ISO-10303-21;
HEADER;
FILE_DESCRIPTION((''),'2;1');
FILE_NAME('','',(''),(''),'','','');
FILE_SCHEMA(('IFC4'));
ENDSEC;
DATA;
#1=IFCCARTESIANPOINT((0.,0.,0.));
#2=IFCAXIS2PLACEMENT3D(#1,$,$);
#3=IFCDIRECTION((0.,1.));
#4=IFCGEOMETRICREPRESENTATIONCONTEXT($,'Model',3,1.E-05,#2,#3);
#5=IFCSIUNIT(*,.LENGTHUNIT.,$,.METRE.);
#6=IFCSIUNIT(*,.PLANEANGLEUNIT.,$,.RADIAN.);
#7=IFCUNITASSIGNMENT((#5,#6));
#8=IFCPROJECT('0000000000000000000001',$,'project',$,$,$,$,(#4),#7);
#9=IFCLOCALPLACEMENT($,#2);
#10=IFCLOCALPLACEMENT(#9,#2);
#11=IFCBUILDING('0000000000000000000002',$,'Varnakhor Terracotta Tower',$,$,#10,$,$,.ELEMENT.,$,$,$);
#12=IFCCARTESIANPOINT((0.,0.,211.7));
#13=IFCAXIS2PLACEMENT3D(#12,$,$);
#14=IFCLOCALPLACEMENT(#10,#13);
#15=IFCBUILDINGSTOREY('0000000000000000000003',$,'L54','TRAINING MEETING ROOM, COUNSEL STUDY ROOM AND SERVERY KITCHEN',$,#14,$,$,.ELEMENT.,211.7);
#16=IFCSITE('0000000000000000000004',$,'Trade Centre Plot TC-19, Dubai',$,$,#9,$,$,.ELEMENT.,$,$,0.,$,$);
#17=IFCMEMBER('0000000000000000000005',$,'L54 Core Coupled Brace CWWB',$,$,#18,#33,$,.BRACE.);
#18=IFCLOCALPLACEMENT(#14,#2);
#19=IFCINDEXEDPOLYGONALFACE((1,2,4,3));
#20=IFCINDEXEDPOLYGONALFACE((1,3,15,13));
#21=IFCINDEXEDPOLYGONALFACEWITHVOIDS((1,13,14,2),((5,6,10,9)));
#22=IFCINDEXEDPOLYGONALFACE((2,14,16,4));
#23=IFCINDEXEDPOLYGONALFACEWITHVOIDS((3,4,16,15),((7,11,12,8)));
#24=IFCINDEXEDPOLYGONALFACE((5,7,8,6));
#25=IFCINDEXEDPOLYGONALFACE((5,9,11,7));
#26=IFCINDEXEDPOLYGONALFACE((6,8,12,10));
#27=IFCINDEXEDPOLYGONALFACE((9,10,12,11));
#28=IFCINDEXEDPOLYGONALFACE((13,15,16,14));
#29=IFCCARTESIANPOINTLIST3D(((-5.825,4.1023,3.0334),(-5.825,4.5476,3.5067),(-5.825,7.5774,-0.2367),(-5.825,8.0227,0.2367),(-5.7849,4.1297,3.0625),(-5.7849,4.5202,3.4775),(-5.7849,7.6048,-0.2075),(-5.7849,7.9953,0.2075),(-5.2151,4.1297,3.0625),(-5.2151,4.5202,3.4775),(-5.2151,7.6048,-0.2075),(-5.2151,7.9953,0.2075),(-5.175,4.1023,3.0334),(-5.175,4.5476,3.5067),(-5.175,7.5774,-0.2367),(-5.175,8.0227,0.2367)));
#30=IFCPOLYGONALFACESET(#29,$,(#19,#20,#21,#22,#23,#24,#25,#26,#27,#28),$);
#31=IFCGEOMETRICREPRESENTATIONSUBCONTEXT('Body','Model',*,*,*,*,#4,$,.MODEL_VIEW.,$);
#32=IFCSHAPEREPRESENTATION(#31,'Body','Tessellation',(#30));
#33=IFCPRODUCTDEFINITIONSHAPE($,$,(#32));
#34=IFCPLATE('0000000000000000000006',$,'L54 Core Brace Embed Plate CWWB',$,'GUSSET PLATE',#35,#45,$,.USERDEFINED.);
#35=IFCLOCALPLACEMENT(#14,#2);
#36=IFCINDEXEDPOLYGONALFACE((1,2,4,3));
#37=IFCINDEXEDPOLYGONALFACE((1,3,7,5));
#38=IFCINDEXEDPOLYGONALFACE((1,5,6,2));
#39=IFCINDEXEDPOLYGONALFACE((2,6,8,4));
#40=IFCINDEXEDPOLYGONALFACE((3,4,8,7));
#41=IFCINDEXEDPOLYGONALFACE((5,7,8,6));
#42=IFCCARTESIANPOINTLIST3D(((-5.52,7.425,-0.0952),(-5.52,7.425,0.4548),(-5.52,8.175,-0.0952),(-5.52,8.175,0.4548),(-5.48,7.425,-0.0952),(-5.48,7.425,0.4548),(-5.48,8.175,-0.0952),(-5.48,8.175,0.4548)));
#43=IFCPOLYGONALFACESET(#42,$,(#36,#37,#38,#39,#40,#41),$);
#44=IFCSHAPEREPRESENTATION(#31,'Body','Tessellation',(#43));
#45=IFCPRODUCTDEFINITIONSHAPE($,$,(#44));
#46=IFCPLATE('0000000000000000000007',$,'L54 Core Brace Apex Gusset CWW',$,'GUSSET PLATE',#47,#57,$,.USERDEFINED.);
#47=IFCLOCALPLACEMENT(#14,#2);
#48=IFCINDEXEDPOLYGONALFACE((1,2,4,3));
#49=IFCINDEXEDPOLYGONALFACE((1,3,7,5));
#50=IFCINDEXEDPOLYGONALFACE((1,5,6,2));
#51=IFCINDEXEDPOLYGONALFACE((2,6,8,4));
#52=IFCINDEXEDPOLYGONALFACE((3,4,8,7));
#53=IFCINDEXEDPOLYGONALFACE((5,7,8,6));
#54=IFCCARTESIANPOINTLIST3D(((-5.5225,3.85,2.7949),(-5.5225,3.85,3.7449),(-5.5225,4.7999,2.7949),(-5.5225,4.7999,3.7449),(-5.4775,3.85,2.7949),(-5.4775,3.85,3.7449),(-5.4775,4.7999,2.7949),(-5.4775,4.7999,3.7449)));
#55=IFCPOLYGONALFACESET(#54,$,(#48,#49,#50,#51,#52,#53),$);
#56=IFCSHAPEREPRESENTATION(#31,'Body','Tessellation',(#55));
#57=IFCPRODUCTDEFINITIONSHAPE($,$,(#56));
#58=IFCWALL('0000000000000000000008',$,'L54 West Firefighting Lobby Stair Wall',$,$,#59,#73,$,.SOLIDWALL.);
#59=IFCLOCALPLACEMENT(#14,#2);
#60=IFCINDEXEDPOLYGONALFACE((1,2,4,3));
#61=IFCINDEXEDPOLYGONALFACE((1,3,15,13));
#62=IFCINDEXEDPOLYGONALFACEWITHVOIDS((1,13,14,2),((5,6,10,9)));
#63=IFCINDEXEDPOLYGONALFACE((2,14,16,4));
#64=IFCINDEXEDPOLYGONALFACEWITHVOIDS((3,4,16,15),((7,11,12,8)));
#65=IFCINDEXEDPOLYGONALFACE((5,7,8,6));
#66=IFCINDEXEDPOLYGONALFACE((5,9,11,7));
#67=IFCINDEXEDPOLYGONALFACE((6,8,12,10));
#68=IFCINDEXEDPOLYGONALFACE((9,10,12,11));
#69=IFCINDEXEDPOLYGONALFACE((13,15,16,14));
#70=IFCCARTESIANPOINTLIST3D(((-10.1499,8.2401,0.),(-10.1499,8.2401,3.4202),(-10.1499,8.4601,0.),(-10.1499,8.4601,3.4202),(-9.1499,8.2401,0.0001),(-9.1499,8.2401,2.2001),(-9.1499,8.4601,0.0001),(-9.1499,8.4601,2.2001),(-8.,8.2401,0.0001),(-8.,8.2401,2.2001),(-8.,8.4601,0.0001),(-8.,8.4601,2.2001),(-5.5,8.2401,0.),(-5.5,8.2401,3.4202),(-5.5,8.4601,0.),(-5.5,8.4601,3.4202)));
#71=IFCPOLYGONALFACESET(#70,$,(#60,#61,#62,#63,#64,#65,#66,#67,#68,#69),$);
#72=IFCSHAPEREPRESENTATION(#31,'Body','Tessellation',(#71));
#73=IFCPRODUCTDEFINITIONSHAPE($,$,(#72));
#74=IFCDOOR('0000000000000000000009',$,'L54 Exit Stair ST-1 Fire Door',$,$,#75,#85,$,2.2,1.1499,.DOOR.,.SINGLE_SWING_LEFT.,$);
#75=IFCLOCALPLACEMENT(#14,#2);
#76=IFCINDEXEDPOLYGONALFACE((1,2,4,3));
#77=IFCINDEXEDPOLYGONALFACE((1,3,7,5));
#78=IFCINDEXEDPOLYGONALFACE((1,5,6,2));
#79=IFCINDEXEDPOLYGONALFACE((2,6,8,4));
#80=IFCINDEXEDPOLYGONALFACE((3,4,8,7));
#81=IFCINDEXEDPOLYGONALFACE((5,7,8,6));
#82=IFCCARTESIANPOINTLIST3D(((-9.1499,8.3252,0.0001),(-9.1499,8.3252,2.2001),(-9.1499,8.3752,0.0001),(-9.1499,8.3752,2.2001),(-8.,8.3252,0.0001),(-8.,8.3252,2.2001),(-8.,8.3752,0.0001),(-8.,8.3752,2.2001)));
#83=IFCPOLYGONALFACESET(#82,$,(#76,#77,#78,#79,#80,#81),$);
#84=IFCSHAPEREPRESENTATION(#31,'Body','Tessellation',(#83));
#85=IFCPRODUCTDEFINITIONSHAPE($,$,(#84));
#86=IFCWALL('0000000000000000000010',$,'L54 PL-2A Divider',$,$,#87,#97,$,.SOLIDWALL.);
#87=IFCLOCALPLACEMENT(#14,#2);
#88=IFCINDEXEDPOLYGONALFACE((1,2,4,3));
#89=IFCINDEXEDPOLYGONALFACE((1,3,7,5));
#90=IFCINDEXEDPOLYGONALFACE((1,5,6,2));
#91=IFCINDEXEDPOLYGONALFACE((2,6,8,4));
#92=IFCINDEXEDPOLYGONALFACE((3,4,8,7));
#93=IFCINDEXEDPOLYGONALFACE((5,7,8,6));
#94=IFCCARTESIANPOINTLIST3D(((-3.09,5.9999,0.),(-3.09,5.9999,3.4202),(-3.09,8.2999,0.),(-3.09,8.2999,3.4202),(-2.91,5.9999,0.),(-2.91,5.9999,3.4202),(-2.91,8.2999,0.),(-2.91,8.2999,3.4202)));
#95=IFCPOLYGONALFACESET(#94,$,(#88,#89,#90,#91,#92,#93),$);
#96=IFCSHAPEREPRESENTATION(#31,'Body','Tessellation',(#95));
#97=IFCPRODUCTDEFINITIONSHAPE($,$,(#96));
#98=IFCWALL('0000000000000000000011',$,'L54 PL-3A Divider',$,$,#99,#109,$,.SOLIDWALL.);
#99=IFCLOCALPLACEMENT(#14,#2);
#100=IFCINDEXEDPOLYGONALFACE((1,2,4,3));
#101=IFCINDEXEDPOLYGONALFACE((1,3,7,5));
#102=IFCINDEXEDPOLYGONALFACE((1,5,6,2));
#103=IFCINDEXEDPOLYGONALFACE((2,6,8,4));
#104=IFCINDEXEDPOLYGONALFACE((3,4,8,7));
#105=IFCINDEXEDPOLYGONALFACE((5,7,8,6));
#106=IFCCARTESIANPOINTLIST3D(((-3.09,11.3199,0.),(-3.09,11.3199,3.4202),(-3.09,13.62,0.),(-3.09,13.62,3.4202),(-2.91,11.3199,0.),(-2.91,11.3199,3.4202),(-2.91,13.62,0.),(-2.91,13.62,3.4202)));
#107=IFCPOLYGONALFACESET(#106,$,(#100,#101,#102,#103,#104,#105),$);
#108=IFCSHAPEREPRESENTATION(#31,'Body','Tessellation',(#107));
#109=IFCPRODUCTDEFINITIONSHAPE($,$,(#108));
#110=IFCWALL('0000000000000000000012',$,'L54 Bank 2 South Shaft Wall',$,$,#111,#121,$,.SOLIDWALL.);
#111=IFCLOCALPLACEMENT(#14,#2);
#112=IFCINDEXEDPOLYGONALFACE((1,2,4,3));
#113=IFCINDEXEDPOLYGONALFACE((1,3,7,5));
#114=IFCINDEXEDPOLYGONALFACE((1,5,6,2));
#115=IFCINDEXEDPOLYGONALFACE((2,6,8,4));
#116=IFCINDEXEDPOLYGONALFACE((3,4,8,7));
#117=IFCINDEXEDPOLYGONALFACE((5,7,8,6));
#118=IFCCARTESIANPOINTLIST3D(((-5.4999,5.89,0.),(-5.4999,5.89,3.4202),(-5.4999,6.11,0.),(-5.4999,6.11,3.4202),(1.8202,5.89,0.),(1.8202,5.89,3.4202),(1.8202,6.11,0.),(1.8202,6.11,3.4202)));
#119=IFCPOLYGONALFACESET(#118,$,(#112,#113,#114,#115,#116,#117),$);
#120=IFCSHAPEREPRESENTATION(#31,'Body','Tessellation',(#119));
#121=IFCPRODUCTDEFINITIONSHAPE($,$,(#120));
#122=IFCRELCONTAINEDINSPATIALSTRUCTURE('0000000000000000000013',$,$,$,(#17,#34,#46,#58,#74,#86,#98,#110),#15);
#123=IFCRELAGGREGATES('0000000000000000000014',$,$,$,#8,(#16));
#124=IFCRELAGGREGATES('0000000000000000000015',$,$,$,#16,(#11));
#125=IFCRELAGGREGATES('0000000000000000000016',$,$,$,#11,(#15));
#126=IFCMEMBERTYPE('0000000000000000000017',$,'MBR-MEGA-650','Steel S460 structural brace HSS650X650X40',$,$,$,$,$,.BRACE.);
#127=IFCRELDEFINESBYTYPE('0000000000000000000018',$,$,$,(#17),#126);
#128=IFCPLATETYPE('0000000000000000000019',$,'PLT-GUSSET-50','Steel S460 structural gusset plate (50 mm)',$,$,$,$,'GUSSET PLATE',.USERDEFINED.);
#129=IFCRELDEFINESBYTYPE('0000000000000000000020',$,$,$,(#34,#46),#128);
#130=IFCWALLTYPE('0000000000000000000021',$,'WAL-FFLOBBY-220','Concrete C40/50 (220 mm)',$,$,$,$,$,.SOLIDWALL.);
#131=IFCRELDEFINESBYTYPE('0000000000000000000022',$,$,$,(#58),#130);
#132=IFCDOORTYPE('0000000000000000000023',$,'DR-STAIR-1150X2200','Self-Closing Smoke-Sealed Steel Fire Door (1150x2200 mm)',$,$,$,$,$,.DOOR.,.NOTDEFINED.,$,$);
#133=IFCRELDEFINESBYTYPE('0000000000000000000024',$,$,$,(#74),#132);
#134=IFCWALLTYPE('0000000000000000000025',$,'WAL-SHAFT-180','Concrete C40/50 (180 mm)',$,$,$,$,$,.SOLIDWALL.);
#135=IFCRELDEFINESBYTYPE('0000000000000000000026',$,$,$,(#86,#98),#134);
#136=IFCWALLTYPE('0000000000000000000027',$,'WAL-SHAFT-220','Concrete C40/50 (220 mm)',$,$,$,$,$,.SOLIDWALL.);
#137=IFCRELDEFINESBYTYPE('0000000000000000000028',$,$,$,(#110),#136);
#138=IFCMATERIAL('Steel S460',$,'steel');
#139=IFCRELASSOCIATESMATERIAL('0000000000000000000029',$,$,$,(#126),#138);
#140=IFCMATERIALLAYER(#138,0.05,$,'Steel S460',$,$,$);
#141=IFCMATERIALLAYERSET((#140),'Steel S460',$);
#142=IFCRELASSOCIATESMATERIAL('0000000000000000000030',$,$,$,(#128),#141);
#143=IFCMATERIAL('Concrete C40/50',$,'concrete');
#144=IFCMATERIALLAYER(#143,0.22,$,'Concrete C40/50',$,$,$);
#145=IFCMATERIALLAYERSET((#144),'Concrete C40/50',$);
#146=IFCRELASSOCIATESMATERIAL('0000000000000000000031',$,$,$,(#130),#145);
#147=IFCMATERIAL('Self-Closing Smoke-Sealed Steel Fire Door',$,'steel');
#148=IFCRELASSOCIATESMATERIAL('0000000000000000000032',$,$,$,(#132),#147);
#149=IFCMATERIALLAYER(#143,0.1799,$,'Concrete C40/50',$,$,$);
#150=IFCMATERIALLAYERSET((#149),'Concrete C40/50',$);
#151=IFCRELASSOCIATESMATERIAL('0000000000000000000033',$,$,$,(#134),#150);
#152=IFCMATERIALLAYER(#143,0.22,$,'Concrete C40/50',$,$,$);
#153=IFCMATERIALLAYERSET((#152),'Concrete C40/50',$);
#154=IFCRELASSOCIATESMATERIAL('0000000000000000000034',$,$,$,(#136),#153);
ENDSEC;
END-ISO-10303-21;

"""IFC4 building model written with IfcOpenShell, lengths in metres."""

from ifc_helpers import new_model, si_unit, direction, frame, frame_2d, origin, origin_2d, place, context, subcontext, project, spatial, rectangle, hollow_rectangle, extrude, source, transform, mapped, material, layer, layer_set, material_profile, profile_set, type_object, type_shapes, element, fill, save


model = new_model("IFC4")

# Units and contexts
model_context = context("Model", 3, precision=1e-05, world=origin(), true_north=direction((0.0, 1.0)))
body_context = subcontext(model_context, "Body", "Model", "MODEL_VIEW")
ifc_project = project(units=[si_unit("LENGTHUNIT", "METRE"), si_unit("PLANEANGLEUNIT", "RADIAN")], contexts=[model_context])

# Site, building, storey
site_placement = place(None, origin())
site = spatial("IfcSite", under=ifc_project, at=site_placement, Name="Trade Centre Plot TC-19, Dubai", CompositionType="ELEMENT", RefElevation=0.0)
building_placement = place(site_placement, origin())
building = spatial("IfcBuilding", under=site, at=building_placement, Name="Varnakhor Terracotta Tower", CompositionType="ELEMENT")
storey_placement = place(building_placement, frame((0.0, 0.0, 211.7)))
storey = spatial("IfcBuildingStorey", under=building, at=storey_placement, Name="L54", Description="TRAINING MEETING ROOM, COUNSEL STUDY ROOM AND SERVERY KITCHEN", CompositionType="ELEMENT", Elevation=211.7)

# Member
ifc_material_1 = material(Name="Steel S460", Category="steel")
ifc_material_profile = material_profile(ifc_material_1, hollow_rectangle(XDim=0.6499, YDim=0.6499, WallThickness=0.04, at=origin_2d()), Name="HSS650X650X40")
ifc_profile_set = profile_set([ifc_material_profile], Name="Steel S460")
member_type = type_object("IfcMemberType", Name="MBR-MEGA-650", Description="Steel S460 structural brace HSS650X650X40", PredefinedType="BRACE", material=ifc_profile_set)
shared_shape_1 = source(origin(), body_context, "Body", "SweptSolid", [
    extrude(hollow_rectangle(XDim=0.6499, YDim=0.6499, WallThickness=0.04, at=origin_2d()), origin(), (0.0, 0.0, 1.0), 4.7717),
])
member_placement = place(storey_placement, frame((-5.5, 7.8, 0.0), z_axis=(0.0, -0.728269, 0.685291), x_axis=(1.0, 0.0, 0.0)))
element("IfcMember", 1, at=member_placement, inside=storey, type_object=member_type, Name="L54 Core Coupled Brace CWWB", PredefinedType="BRACE", context=body_context, shape_type="MappedRepresentation", body=[
    mapped(shared_shape_1, transform((0.0, 0.0, 0.0), scale=1.0)),
])

# Plates
ifc_layer_1 = layer(ifc_material_1, 0.05, Name="Steel S460")
ifc_layer_set_1 = layer_set([ifc_layer_1], Name="Steel S460")
plate_type = type_object("IfcPlateType", Name="PLT-GUSSET-50", Description="Steel S460 structural gusset plate (50 mm)", ElementType="GUSSET PLATE", PredefinedType="USERDEFINED", material=ifc_layer_set_1)
shared_shape_2 = source(origin(), body_context, "Body", "SweptSolid", [
    extrude(rectangle(XDim=0.75, YDim=0.04, at=origin_2d()), origin(), (0.0, 0.0, 1.0), 0.55),
])
type_shapes(plate_type, [shared_shape_2])
plate_1_placement = place(storey_placement, frame((-5.5, 7.8, -0.0952), z_axis=(0.0, 0.0, 1.0), x_axis=(0.0, 1.0, 0.0)))
element("IfcPlate", 2, at=plate_1_placement, inside=storey, type_object=plate_type, Name="L54 Core Brace Embed Plate CWWB", ObjectType="GUSSET PLATE", PredefinedType="USERDEFINED", context=body_context, shape_type="MappedRepresentation", body=[
    mapped(shared_shape_2, transform((0.0, 0.0, 0.0), scale=1.0)),
])
shared_shape_3 = source(origin(), body_context, "Body", "SweptSolid", [
    extrude(rectangle(XDim=0.95, YDim=0.0449, at=origin_2d()), origin(), (0.0, 0.0, 1.0), 0.95),
])
plate_2_placement = place(storey_placement, frame((-5.5, 4.325, 2.7949), z_axis=(0.0, 0.0, 1.0), x_axis=(0.0, 1.0, 0.0)))
element("IfcPlate", 3, at=plate_2_placement, inside=storey, type_object=plate_type, Name="L54 Core Brace Apex Gusset CWW", ObjectType="GUSSET PLATE", PredefinedType="USERDEFINED", context=body_context, shape_type="MappedRepresentation", body=[
    mapped(shared_shape_3, transform((0.0, 0.0, 0.0), scale=1.0)),
])

# Wall, opening, door
ifc_material_2 = material(Name="Concrete C40/50", Category="concrete")
ifc_layer_2 = layer(ifc_material_2, 0.22, Name="Concrete C40/50")
ifc_layer_set_2 = layer_set([ifc_layer_2], Name="Concrete C40/50")
wall_type_1 = type_object("IfcWallType", Name="WAL-FFLOBBY-220", Description="Concrete C40/50 (220 mm)", PredefinedType="SOLIDWALL", material=ifc_layer_set_2)
wall_1_placement = place(storey_placement, frame((-5.5, 8.3501, 0.0), z_axis=(0.0, 0.0, 1.0), x_axis=(-1.0, 0.0, 0.0)))
wall_1 = element("IfcWall", 4, at=wall_1_placement, inside=storey, type_object=wall_type_1, Name="L54 West Firefighting Lobby Stair Wall", PredefinedType="SOLIDWALL", context=body_context, shape_type="SweptSolid", body=[
    extrude(rectangle(XDim=4.6499, YDim=0.22, at=frame_2d((2.325, 0.0))), origin(), (0.0, 0.0, 1.0), 3.4202),
])
opening_1_placement = place(wall_1_placement, frame((2.5, 0.0, 0.0)))
opening_1 = element("IfcOpeningElement", 5, at=opening_1_placement, cuts=wall_1, PredefinedType="OPENING", context=body_context, shape_type="SweptSolid", body=[
    extrude(rectangle(XDim=1.1499, YDim=2.2, at=frame_2d((0.575, 1.1001))), frame((0.0, 0.1201, 0.0), z_axis=(0.0, -1.0, 0.0), x_axis=(1.0, 0.0, 0.0)), (0.0, 0.0, 1.0), 0.24),
])
ifc_material_3 = material(Name="Self-Closing Smoke-Sealed Steel Fire Door", Category="steel")
door_type_1 = type_object("IfcDoorType", Name="DR-STAIR-1150X2200", Description="Self-Closing Smoke-Sealed Steel Fire Door (1150x2200 mm)", OperationType="NOTDEFINED", PredefinedType="DOOR", material=ifc_material_3)
shared_shape_4 = source(origin(), body_context, "Body", "SweptSolid", [
    extrude(rectangle(XDim=1.1499, YDim=2.2, at=frame_2d((0.575, 1.1001))), frame((0.0, 0.0249, 0.0), z_axis=(0.0, -1.0, 0.0), x_axis=(1.0, 0.0, 0.0)), (0.0, 0.0, 1.0), 0.05),
])
type_shapes(door_type_1, [shared_shape_4])
door_1_placement = place(opening_1_placement, origin())
door_1 = element("IfcDoor", 6, at=door_1_placement, inside=storey, type_object=door_type_1, Name="L54 Exit Stair ST-1 Fire Door", OperationType="SINGLE_SWING_LEFT", OverallHeight=2.2, OverallWidth=1.1499, PredefinedType="DOOR", context=body_context, shape_type="MappedRepresentation", body=[
    mapped(shared_shape_4, transform((0.0, 0.0, 0.0), scale=1.0)),
])
fill(opening_1, door_1)

# Walls
ifc_layer_3 = layer(ifc_material_2, 0.1799, Name="Concrete C40/50")
ifc_layer_set_3 = layer_set([ifc_layer_3], Name="Concrete C40/50")
wall_type_2 = type_object("IfcWallType", Name="WAL-SHAFT-180", Description="Concrete C40/50 (180 mm)", PredefinedType="SOLIDWALL", material=ifc_layer_set_3)
for number, where, z_axis, x_axis, name in (
    (7, (-3.0, 6.0, 0.0), (0.0, 0.0, 1.0), (0.0, 1.0, 0.0), "L54 PL-2A Divider"),
    (8, (-3.0, 11.3201, 0.0), (0.0, 0.0, 1.0), (0.0, 1.0, 0.0), "L54 PL-3A Divider"),
):
    element("IfcWall", number, at=place(storey_placement, frame(where, z_axis=z_axis, x_axis=x_axis)), inside=storey, type_object=wall_type_2, Name=name, PredefinedType="SOLIDWALL", context=body_context, shape_type="SweptSolid", body=[
        extrude(rectangle(XDim=2.3, YDim=0.1799, at=frame_2d((1.1499, 0.0))), origin(), (0.0, 0.0, 1.0), 3.4202),
    ])
ifc_layer_4 = layer(ifc_material_2, 0.22, Name="Concrete C40/50")
ifc_layer_set_4 = layer_set([ifc_layer_4], Name="Concrete C40/50")
wall_type_3 = type_object("IfcWallType", Name="WAL-SHAFT-220", Description="Concrete C40/50 (220 mm)", PredefinedType="SOLIDWALL", material=ifc_layer_set_4)
wall_2_placement = place(storey_placement, frame((-5.5, 6.0, 0.0), z_axis=(0.0, 0.0, 1.0), x_axis=(1.0, 0.0, 0.0)))
element("IfcWall", 9, at=wall_2_placement, inside=storey, type_object=wall_type_3, Name="L54 Bank 2 South Shaft Wall", PredefinedType="SOLIDWALL", context=body_context, shape_type="SweptSolid", body=[
    extrude(rectangle(XDim=7.3201, YDim=0.22, at=frame_2d((3.6602, 0.0))), origin(), (0.0, 0.0, 1.0), 3.4202),
])

save(model, "model.ifc")
